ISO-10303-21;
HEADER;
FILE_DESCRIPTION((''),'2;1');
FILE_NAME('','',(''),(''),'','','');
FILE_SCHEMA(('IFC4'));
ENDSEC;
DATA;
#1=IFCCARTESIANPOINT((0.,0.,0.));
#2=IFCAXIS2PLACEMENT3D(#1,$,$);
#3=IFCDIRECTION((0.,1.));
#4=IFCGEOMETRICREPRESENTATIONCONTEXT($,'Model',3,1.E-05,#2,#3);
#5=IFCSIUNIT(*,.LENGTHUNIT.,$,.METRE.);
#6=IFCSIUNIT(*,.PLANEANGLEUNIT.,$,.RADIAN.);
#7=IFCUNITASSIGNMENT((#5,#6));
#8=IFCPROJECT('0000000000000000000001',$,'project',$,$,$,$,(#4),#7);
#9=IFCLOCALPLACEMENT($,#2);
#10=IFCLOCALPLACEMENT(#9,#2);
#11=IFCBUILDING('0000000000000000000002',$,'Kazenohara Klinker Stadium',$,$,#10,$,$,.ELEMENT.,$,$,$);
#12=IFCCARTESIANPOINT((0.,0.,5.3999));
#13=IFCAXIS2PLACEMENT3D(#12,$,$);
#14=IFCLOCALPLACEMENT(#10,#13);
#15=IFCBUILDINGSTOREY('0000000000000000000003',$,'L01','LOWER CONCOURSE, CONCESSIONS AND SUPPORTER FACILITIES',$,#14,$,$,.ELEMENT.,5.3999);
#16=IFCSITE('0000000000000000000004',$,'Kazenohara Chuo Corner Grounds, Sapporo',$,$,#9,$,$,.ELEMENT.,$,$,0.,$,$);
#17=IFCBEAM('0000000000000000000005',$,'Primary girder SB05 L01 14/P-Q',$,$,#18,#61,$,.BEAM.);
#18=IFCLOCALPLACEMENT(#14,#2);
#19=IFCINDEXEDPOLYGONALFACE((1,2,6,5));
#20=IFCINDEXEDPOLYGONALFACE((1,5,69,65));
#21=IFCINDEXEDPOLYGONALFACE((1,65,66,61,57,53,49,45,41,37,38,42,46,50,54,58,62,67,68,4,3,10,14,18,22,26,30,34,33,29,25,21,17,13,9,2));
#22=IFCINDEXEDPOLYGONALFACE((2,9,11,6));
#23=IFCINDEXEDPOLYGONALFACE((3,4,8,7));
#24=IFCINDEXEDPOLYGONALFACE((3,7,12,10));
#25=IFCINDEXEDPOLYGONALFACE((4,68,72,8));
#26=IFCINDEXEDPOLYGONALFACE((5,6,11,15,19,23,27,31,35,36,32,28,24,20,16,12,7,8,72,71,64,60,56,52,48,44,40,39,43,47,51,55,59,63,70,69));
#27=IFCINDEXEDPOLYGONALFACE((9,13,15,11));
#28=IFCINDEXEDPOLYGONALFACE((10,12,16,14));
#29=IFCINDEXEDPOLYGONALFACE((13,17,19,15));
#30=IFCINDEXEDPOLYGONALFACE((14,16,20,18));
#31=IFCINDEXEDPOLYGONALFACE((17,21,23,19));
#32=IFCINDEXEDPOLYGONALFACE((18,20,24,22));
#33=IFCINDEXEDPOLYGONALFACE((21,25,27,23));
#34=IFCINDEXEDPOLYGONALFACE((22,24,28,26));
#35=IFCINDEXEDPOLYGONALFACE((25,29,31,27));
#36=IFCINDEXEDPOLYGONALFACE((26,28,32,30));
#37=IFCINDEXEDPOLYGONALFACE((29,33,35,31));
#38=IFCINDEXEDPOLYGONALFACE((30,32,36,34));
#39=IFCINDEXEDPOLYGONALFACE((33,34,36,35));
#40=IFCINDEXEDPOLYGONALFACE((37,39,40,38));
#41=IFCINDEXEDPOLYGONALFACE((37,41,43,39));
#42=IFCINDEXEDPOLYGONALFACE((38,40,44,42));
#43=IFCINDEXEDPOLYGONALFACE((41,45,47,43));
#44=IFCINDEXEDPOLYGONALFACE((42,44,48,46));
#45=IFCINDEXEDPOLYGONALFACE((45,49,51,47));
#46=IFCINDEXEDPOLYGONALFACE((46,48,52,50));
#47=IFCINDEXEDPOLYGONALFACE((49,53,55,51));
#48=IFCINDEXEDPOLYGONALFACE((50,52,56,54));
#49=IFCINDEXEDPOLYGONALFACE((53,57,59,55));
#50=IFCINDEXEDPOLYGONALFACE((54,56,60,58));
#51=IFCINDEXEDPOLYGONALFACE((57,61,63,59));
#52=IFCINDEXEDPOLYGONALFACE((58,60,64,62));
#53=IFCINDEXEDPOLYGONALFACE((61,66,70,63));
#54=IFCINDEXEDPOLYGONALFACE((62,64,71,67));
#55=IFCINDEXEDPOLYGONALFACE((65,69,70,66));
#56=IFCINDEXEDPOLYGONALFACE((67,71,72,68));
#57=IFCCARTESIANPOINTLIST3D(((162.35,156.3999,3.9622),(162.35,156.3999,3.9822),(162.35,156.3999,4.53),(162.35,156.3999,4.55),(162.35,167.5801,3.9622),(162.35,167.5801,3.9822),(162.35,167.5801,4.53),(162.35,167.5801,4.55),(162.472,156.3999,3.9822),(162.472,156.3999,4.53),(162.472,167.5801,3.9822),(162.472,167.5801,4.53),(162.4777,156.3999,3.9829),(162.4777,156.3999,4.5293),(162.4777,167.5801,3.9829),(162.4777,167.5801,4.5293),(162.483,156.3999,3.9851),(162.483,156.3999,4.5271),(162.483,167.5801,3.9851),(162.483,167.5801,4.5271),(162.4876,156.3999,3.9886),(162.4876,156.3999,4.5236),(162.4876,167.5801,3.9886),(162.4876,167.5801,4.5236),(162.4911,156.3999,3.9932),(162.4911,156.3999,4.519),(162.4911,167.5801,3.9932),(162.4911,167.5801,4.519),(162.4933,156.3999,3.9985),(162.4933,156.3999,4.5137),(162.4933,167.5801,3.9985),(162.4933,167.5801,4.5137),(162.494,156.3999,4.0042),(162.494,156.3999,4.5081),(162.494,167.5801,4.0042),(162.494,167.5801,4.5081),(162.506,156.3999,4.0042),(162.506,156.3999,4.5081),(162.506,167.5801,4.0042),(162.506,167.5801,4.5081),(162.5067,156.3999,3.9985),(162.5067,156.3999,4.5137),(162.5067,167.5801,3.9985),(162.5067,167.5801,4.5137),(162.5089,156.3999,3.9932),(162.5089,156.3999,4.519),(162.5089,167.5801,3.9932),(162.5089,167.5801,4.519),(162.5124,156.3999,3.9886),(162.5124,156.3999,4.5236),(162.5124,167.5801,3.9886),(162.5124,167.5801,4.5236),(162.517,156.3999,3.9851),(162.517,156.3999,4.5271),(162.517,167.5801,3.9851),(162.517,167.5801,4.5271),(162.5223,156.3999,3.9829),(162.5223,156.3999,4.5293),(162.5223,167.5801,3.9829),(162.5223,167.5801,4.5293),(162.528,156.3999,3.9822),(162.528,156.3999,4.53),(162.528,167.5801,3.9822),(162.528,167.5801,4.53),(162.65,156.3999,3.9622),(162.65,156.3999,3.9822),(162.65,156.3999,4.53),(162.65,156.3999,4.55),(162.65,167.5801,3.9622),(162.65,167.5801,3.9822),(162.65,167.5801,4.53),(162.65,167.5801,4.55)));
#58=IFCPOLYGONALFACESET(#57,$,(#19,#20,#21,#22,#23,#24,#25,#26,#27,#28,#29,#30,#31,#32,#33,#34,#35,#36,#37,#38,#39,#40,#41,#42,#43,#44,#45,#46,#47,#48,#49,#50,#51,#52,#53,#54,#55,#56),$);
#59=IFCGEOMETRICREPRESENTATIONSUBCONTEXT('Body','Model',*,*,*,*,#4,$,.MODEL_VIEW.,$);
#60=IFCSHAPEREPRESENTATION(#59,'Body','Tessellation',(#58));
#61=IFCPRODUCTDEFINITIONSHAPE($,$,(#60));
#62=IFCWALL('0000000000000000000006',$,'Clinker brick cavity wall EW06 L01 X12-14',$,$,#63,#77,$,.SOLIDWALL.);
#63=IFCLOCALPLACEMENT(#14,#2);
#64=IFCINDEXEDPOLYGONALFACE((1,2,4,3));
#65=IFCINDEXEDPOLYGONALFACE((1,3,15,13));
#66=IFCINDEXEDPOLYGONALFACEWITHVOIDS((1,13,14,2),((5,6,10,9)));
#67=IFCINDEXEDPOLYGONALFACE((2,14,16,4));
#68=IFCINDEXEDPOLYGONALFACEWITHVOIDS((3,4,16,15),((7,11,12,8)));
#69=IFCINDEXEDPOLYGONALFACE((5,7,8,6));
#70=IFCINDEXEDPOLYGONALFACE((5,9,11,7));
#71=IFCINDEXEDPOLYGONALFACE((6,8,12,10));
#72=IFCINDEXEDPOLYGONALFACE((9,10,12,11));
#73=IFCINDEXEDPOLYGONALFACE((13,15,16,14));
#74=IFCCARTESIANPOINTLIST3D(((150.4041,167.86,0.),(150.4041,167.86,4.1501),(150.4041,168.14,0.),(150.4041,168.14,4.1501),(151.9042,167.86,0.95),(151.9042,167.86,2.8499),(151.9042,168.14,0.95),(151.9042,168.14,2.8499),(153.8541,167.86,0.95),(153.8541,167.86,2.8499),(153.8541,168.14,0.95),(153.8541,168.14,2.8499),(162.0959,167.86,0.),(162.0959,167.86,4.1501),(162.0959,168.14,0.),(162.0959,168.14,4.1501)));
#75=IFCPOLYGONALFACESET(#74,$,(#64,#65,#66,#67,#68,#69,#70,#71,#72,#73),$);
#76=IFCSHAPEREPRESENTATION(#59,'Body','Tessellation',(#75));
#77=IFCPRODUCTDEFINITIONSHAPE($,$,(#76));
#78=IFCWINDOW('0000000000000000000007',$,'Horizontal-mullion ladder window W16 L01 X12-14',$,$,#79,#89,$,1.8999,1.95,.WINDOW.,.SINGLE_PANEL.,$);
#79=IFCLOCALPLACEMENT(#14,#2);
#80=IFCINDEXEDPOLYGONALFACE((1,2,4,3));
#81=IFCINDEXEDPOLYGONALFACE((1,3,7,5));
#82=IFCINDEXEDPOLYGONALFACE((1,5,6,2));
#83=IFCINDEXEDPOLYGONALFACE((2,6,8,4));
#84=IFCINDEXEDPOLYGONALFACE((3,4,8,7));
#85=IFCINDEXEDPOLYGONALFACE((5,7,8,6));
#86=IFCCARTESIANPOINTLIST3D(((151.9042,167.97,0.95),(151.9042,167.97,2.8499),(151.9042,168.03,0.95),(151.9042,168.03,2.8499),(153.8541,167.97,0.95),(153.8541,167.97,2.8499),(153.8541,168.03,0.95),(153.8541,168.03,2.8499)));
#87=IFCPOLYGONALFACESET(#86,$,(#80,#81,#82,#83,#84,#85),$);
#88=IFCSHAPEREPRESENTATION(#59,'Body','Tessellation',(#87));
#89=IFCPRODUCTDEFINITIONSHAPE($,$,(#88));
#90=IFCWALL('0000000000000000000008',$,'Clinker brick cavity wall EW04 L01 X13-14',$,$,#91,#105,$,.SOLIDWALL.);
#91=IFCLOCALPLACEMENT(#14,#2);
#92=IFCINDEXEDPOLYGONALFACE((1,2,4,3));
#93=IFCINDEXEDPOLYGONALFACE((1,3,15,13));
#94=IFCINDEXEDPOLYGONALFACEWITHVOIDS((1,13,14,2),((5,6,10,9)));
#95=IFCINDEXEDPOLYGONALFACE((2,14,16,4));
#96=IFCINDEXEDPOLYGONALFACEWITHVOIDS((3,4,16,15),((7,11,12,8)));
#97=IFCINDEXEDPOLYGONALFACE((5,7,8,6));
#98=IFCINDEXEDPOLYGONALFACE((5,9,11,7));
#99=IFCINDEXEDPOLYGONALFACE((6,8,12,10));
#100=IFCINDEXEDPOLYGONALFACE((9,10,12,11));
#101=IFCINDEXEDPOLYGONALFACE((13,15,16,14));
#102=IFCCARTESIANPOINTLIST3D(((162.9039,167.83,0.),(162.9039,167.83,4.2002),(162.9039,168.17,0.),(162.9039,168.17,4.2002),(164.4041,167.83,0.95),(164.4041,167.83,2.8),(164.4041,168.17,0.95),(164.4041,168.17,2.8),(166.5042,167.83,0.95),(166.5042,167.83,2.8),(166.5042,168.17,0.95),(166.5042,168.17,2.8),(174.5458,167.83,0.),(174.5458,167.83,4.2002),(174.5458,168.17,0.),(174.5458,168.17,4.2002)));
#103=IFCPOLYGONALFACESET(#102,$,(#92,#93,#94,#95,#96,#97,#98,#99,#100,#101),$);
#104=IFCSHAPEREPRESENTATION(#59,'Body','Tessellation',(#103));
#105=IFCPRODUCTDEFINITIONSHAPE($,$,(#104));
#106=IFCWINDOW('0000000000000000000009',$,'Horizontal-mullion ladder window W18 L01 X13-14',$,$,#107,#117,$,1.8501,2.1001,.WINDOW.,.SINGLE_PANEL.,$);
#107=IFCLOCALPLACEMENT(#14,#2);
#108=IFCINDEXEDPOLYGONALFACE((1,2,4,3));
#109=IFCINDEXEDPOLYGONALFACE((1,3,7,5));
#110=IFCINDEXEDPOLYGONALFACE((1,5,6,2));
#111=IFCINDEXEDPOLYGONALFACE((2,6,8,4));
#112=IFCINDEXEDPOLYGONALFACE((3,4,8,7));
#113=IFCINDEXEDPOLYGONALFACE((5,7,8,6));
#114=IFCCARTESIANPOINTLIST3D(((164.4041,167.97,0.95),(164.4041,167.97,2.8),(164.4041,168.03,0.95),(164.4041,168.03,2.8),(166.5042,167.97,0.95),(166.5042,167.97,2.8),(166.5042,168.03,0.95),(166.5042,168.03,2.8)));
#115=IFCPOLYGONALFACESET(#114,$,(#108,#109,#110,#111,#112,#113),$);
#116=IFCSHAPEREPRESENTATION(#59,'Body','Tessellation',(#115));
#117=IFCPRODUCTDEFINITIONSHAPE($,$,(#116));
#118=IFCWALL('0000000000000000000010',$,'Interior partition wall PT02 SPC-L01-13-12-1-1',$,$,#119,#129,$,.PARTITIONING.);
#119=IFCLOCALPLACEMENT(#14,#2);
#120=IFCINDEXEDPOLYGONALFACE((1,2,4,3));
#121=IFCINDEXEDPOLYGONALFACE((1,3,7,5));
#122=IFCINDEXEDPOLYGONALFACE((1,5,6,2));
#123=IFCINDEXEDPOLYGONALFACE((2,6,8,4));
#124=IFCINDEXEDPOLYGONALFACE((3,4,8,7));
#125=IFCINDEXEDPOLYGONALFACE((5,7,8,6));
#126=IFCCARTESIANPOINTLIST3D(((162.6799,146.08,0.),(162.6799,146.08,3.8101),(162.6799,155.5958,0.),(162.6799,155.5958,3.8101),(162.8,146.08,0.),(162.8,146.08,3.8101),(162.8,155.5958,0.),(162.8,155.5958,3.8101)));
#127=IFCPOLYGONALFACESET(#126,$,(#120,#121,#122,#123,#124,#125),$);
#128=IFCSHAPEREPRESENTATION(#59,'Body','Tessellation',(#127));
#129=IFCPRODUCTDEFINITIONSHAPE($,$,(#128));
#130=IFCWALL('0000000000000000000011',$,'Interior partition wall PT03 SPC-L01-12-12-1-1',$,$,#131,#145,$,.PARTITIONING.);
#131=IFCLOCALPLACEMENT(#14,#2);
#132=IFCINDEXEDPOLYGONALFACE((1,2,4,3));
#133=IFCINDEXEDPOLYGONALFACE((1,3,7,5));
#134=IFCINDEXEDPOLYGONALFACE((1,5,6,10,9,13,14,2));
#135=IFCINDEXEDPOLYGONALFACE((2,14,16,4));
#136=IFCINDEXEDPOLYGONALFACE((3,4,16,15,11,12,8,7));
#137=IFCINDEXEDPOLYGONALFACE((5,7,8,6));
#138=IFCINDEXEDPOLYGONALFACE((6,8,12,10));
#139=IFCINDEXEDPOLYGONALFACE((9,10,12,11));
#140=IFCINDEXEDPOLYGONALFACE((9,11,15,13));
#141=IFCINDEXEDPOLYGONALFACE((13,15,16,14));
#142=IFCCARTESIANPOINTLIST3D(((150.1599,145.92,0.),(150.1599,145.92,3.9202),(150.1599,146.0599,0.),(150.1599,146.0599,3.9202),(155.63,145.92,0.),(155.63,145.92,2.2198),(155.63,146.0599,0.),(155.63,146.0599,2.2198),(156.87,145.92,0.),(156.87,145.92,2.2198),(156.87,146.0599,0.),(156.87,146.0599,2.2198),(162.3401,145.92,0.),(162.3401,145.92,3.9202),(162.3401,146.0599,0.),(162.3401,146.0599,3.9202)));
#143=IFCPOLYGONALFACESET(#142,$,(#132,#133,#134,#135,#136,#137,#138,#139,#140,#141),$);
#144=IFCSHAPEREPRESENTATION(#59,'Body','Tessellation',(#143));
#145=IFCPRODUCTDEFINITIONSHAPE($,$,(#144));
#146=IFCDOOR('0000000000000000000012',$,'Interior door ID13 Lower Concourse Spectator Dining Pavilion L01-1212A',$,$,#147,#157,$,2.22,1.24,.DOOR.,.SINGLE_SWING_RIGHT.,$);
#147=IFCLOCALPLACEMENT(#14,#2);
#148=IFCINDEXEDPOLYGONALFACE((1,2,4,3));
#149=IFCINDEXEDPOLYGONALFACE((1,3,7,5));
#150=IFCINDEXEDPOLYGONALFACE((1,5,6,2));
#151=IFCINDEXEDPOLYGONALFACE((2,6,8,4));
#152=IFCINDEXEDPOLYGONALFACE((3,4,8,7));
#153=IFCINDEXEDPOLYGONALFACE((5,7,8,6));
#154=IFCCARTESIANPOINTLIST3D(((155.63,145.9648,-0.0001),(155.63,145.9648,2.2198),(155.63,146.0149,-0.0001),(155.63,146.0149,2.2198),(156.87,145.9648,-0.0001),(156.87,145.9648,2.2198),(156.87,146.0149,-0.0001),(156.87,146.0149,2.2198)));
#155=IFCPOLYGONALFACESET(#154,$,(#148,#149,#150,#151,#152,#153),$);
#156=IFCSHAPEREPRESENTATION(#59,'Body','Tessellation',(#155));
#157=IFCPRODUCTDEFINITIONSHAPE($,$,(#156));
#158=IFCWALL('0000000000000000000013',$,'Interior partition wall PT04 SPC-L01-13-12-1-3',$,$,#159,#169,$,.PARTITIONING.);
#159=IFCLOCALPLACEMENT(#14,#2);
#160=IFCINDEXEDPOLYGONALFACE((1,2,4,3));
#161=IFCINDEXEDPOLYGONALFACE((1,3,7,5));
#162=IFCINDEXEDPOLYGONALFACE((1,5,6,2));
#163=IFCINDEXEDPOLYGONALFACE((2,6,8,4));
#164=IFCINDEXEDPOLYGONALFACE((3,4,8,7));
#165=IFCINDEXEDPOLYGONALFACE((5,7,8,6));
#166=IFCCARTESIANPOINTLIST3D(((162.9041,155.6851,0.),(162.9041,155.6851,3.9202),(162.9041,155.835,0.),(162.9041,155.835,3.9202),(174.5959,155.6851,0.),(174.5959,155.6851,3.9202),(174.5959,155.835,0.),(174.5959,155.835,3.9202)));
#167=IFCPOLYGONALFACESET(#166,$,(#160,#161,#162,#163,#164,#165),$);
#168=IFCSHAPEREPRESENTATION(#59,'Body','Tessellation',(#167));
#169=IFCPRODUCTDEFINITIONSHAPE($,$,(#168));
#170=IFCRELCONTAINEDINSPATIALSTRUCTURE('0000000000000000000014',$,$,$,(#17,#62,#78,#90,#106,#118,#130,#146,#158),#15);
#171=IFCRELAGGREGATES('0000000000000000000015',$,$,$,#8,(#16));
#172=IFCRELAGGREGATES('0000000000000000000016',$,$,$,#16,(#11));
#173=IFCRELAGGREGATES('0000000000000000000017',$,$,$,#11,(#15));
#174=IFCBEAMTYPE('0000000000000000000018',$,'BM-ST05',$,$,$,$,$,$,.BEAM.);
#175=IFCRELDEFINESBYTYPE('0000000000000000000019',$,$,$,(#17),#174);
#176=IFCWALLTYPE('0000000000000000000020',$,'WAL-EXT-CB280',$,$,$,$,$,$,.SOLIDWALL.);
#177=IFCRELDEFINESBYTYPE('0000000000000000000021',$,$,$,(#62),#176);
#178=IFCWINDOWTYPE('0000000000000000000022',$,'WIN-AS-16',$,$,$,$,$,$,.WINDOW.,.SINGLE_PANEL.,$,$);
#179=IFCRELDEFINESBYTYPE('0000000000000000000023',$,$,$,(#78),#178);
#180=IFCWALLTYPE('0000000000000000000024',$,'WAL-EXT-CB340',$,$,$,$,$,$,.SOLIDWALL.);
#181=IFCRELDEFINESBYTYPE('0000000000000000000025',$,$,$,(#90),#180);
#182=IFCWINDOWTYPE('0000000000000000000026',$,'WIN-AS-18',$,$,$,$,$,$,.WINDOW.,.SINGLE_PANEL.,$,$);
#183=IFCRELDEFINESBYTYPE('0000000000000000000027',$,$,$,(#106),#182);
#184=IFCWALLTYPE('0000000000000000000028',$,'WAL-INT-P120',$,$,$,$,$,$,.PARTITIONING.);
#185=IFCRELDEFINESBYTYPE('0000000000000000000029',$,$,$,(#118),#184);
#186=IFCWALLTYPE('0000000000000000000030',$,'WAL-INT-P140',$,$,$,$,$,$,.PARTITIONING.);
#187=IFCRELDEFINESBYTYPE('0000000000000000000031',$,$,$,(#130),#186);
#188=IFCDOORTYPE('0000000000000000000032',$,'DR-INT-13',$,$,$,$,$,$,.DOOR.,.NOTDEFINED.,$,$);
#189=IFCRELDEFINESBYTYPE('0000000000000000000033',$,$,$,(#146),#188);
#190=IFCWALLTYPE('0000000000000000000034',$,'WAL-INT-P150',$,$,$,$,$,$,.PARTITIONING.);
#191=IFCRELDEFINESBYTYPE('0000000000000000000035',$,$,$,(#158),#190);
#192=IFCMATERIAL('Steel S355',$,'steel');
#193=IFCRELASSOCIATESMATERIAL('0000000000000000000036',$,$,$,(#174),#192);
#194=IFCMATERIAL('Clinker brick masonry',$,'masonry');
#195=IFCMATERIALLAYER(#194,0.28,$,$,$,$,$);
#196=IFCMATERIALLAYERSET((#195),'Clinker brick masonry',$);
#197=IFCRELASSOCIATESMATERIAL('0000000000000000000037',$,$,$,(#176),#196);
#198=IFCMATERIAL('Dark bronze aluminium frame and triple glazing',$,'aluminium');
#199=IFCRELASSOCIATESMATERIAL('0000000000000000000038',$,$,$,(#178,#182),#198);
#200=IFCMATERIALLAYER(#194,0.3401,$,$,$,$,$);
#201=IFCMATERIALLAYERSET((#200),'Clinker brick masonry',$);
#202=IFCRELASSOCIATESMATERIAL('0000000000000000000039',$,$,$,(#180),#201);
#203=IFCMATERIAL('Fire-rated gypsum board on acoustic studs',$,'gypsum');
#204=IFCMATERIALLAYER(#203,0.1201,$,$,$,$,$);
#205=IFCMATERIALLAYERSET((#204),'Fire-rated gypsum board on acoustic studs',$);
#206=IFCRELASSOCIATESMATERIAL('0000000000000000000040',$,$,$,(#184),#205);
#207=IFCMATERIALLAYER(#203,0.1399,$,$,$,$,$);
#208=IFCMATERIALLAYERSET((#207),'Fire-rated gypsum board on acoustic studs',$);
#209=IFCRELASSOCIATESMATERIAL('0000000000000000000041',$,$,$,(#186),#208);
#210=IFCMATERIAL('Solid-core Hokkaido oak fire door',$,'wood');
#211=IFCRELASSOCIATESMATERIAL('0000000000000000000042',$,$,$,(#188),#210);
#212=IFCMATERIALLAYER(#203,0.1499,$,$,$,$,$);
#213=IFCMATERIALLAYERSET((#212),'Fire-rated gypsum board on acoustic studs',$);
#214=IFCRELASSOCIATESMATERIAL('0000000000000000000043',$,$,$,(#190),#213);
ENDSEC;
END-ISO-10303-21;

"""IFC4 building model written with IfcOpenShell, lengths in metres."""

from ifc_helpers import new_model, si_unit, direction, frame, frame_2d, origin, origin_2d, place, context, subcontext, project, spatial, rectangle, i_section, extrude, material, layer, layer_set, material_profile, profile_set, type_object, element, fill, save


model = new_model("IFC4")

# Units and contexts
model_context = context("Model", 3, precision=1e-05, world=origin(), true_north=direction((0.0, 1.0)))
body_context = subcontext(model_context, "Body", "Model", "MODEL_VIEW")
ifc_project = project(units=[si_unit("LENGTHUNIT", "METRE"), si_unit("PLANEANGLEUNIT", "RADIAN")], contexts=[model_context])

# Site, building, storey
site_placement = place(None, origin())
site = spatial("IfcSite", under=ifc_project, at=site_placement, Name="Kazenohara Chuo Corner Grounds, Sapporo", CompositionType="ELEMENT", RefElevation=0.0)
building_placement = place(site_placement, origin())
building = spatial("IfcBuilding", under=site, at=building_placement, Name="Kazenohara Klinker Stadium", CompositionType="ELEMENT")
storey_placement = place(building_placement, frame((0.0, 0.0, 5.3999)))
storey = spatial("IfcBuildingStorey", under=building, at=storey_placement, Name="L01", Description="LOWER CONCOURSE, CONCESSIONS AND SUPPORTER FACILITIES", CompositionType="ELEMENT", Elevation=5.3999)

# Beam
ifc_material_1 = material(Name="Steel S355", Category="steel")
ifc_material_profile_1 = material_profile(ifc_material_1, i_section(OverallWidth=0.3, OverallDepth=0.5879, WebThickness=0.012, FlangeThickness=0.02, FilletRadius=0.022, at=origin_2d()), Name="H-588x300x12x20")
ifc_profile_set_1 = profile_set([ifc_material_profile_1], Name="Steel S355")
beam_type_1 = type_object("IfcBeamType", Name="BM-ST05", PredefinedType="BEAM", material=ifc_profile_set_1)
beam_1_placement = place(storey_placement, frame((162.5, 156.3999, 4.2561), z_axis=(0.0, 1.0, 0.0), x_axis=(-1.0, 0.0, 0.0)))
element("IfcBeam", 1, at=beam_1_placement, inside=storey, type_object=beam_type_1, Name="Primary girder SB05 L01 14/P-Q", PredefinedType="BEAM", context=body_context, shape_type="SweptSolid", body=[
    extrude(i_section(OverallWidth=0.3, OverallDepth=0.5879, WebThickness=0.012, FlangeThickness=0.02, FilletRadius=0.022, at=origin_2d()), origin(), (0.0, 0.0, 1.0), 11.1802),
])

# Walls, openings, windows
ifc_material_2 = material(Name="Clinker brick masonry", Category="masonry")
ifc_layer_1 = layer(ifc_material_2, 0.28)
ifc_layer_set_1 = layer_set([ifc_layer_1], Name="Clinker brick masonry")
wall_type_1 = type_object("IfcWallType", Name="WAL-EXT-CB280", PredefinedType="SOLIDWALL", material=ifc_layer_set_1)
wall_1_placement = place(storey_placement, frame((150.4041, 168.0, 0.0), z_axis=(0.0, 0.0, 1.0), x_axis=(1.0, 0.0, 0.0)))
wall_1 = element("IfcWall", 2, at=wall_1_placement, inside=storey, type_object=wall_type_1, Name="Clinker brick cavity wall EW06 L01 X12-14", PredefinedType="SOLIDWALL", context=body_context, shape_type="SweptSolid", body=[
    extrude(rectangle(XDim=11.6919, YDim=0.28, at=frame_2d((5.8459, 0.0))), origin(), (0.0, 0.0, 1.0), 4.1501),
])
opening_1_placement = place(wall_1_placement, frame((1.5, 0.0, 0.95)))
opening_1 = element("IfcOpeningElement", 3, at=opening_1_placement, cuts=wall_1, PredefinedType="OPENING", context=body_context, shape_type="SweptSolid", body=[
    extrude(rectangle(XDim=1.95, YDim=1.8999, at=frame_2d((0.9751, 0.95))), frame((0.0, 0.1499, 0.0), z_axis=(0.0, -1.0, 0.0), x_axis=(1.0, 0.0, 0.0)), (0.0, 0.0, 1.0), 0.3),
])
ifc_material_3 = material(Name="Dark bronze aluminium frame and triple glazing", Category="aluminium")
window_type_1 = type_object("IfcWindowType", Name="WIN-AS-16", PartitioningType="SINGLE_PANEL", PredefinedType="WINDOW", material=ifc_material_3)
window_1_placement = place(opening_1_placement, origin())
window_1 = element("IfcWindow", 4, at=window_1_placement, inside=storey, type_object=window_type_1, Name="Horizontal-mullion ladder window W16 L01 X12-14", OverallHeight=1.8999, OverallWidth=1.95, PartitioningType="SINGLE_PANEL", PredefinedType="WINDOW", context=body_context, shape_type="SweptSolid", body=[
    extrude(rectangle(XDim=1.95, YDim=1.8999, at=frame_2d((0.9751, 0.95))), frame((0.0, 0.03, 0.0), z_axis=(0.0, -1.0, 0.0), x_axis=(1.0, 0.0, 0.0)), (0.0, 0.0, 1.0), 0.0601),
])
fill(opening_1, window_1)
ifc_layer_2 = layer(ifc_material_2, 0.3401)
ifc_layer_set_2 = layer_set([ifc_layer_2], Name="Clinker brick masonry")
wall_type_2 = type_object("IfcWallType", Name="WAL-EXT-CB340", PredefinedType="SOLIDWALL", material=ifc_layer_set_2)
wall_2_placement = place(storey_placement, frame((162.9041, 168.0, 0.0), z_axis=(0.0, 0.0, 1.0), x_axis=(1.0, 0.0, 0.0)))
wall_2 = element("IfcWall", 5, at=wall_2_placement, inside=storey, type_object=wall_type_2, Name="Clinker brick cavity wall EW04 L01 X13-14", PredefinedType="SOLIDWALL", context=body_context, shape_type="SweptSolid", body=[
    extrude(rectangle(XDim=11.6418, YDim=0.3401, at=frame_2d((5.8208, 0.0))), origin(), (0.0, 0.0, 1.0), 4.2002),
])
opening_2_placement = place(wall_2_placement, frame((1.5, 0.0, 0.95)))
opening_2 = element("IfcOpeningElement", 6, at=opening_2_placement, cuts=wall_2, PredefinedType="OPENING", context=body_context, shape_type="SweptSolid", body=[
    extrude(rectangle(XDim=2.1001, YDim=1.8501, at=frame_2d((1.05, 0.925))), frame((0.0, 0.1802, 0.0), z_axis=(0.0, -1.0, 0.0), x_axis=(1.0, 0.0, 0.0)), (0.0, 0.0, 1.0), 0.3601),
])
window_type_2 = type_object("IfcWindowType", Name="WIN-AS-18", PartitioningType="SINGLE_PANEL", PredefinedType="WINDOW", material=ifc_material_3)
window_2_placement = place(opening_2_placement, origin())
window_2 = element("IfcWindow", 7, at=window_2_placement, inside=storey, type_object=window_type_2, Name="Horizontal-mullion ladder window W18 L01 X13-14", OverallHeight=1.8501, OverallWidth=2.1001, PartitioningType="SINGLE_PANEL", PredefinedType="WINDOW", context=body_context, shape_type="SweptSolid", body=[
    extrude(rectangle(XDim=2.1001, YDim=1.8501, at=frame_2d((1.05, 0.925))), frame((0.0, 0.03, 0.0), z_axis=(0.0, -1.0, 0.0), x_axis=(1.0, 0.0, 0.0)), (0.0, 0.0, 1.0), 0.0601),
])
fill(opening_2, window_2)

# Wall
ifc_material_4 = material(Name="Fire-rated gypsum board on acoustic studs", Category="gypsum")
ifc_layer_3 = layer(ifc_material_4, 0.1201)
ifc_layer_set_3 = layer_set([ifc_layer_3], Name="Fire-rated gypsum board on acoustic studs")
wall_type_3 = type_object("IfcWallType", Name="WAL-INT-P120", PredefinedType="PARTITIONING", material=ifc_layer_set_3)
wall_3_placement = place(storey_placement, frame((162.74, 146.0801, 0.0), z_axis=(0.0, 0.0, 1.0), x_axis=(0.0, 1.0, 0.0)))
element("IfcWall", 8, at=wall_3_placement, inside=storey, type_object=wall_type_3, Name="Interior partition wall PT02 SPC-L01-13-12-1-1", PredefinedType="PARTITIONING", context=body_context, shape_type="SweptSolid", body=[
    extrude(rectangle(XDim=9.5159, YDim=0.1201, at=frame_2d((4.7578, 0.0))), origin(), (0.0, 0.0, 1.0), 3.8101),
])

# Wall, opening, door
ifc_layer_4 = layer(ifc_material_4, 0.1399)
ifc_layer_set_4 = layer_set([ifc_layer_4], Name="Fire-rated gypsum board on acoustic studs")
wall_type_4 = type_object("IfcWallType", Name="WAL-INT-P140", PredefinedType="PARTITIONING", material=ifc_layer_set_4)
wall_4_placement = place(storey_placement, frame((150.1599, 145.99, 0.0), z_axis=(0.0, 0.0, 1.0), x_axis=(1.0, 0.0, 0.0)))
wall_4 = element("IfcWall", 9, at=wall_4_placement, inside=storey, type_object=wall_type_4, Name="Interior partition wall PT03 SPC-L01-12-12-1-1", PredefinedType="PARTITIONING", context=body_context, shape_type="SweptSolid", body=[
    extrude(rectangle(XDim=12.1802, YDim=0.1399, at=frame_2d((6.0901, 0.0))), origin(), (0.0, 0.0, 1.0), 3.9202),
])
opening_3_placement = place(wall_4_placement, frame((5.47, 0.0, 0.0)))
opening_3 = element("IfcOpeningElement", 10, at=opening_3_placement, cuts=wall_4, PredefinedType="OPENING", context=body_context, shape_type="SweptSolid", body=[
    extrude(rectangle(XDim=1.24, YDim=2.22, at=frame_2d((0.6201, 1.1099))), frame((0.0, 0.0801, 0.0), z_axis=(0.0, -1.0, 0.0), x_axis=(1.0, 0.0, 0.0)), (0.0, 0.0, 1.0), 0.1599),
])
ifc_material_5 = material(Name="Solid-core Hokkaido oak fire door", Category="wood")
door_type_1 = type_object("IfcDoorType", Name="DR-INT-13", OperationType="NOTDEFINED", PredefinedType="DOOR", material=ifc_material_5)
door_1_placement = place(opening_3_placement, origin())
door_1 = element("IfcDoor", 11, at=door_1_placement, inside=storey, type_object=door_type_1, Name="Interior door ID13 Lower Concourse Spectator Dining Pavilion L01-1212A", OperationType="SINGLE_SWING_RIGHT", OverallHeight=2.22, OverallWidth=1.24, PredefinedType="DOOR", context=body_context, shape_type="SweptSolid", body=[
    extrude(rectangle(XDim=1.24, YDim=2.22, at=frame_2d((0.6201, 1.1099))), frame((0.0, 0.0249, 0.0), z_axis=(0.0, -1.0, 0.0), x_axis=(1.0, 0.0, 0.0)), (0.0, 0.0, 1.0), 0.05),
])
fill(opening_3, door_1)

# Wall
ifc_layer_5 = layer(ifc_material_4, 0.1499)
ifc_layer_set_5 = layer_set([ifc_layer_5], Name="Fire-rated gypsum board on acoustic studs")
wall_type_5 = type_object("IfcWallType", Name="WAL-INT-P150", PredefinedType="PARTITIONING", material=ifc_layer_set_5)
wall_5_placement = place(storey_placement, frame((162.9041, 155.76, 0.0), z_axis=(0.0, 0.0, 1.0), x_axis=(1.0, 0.0, 0.0)))
element("IfcWall", 12, at=wall_5_placement, inside=storey, type_object=wall_type_5, Name="Interior partition wall PT04 SPC-L01-13-12-1-3", PredefinedType="PARTITIONING", context=body_context, shape_type="SweptSolid", body=[
    extrude(rectangle(XDim=11.6919, YDim=0.1499, at=frame_2d((5.8459, 0.0))), origin(), (0.0, 0.0, 1.0), 3.9202),
])

save(model, "model.ifc")
